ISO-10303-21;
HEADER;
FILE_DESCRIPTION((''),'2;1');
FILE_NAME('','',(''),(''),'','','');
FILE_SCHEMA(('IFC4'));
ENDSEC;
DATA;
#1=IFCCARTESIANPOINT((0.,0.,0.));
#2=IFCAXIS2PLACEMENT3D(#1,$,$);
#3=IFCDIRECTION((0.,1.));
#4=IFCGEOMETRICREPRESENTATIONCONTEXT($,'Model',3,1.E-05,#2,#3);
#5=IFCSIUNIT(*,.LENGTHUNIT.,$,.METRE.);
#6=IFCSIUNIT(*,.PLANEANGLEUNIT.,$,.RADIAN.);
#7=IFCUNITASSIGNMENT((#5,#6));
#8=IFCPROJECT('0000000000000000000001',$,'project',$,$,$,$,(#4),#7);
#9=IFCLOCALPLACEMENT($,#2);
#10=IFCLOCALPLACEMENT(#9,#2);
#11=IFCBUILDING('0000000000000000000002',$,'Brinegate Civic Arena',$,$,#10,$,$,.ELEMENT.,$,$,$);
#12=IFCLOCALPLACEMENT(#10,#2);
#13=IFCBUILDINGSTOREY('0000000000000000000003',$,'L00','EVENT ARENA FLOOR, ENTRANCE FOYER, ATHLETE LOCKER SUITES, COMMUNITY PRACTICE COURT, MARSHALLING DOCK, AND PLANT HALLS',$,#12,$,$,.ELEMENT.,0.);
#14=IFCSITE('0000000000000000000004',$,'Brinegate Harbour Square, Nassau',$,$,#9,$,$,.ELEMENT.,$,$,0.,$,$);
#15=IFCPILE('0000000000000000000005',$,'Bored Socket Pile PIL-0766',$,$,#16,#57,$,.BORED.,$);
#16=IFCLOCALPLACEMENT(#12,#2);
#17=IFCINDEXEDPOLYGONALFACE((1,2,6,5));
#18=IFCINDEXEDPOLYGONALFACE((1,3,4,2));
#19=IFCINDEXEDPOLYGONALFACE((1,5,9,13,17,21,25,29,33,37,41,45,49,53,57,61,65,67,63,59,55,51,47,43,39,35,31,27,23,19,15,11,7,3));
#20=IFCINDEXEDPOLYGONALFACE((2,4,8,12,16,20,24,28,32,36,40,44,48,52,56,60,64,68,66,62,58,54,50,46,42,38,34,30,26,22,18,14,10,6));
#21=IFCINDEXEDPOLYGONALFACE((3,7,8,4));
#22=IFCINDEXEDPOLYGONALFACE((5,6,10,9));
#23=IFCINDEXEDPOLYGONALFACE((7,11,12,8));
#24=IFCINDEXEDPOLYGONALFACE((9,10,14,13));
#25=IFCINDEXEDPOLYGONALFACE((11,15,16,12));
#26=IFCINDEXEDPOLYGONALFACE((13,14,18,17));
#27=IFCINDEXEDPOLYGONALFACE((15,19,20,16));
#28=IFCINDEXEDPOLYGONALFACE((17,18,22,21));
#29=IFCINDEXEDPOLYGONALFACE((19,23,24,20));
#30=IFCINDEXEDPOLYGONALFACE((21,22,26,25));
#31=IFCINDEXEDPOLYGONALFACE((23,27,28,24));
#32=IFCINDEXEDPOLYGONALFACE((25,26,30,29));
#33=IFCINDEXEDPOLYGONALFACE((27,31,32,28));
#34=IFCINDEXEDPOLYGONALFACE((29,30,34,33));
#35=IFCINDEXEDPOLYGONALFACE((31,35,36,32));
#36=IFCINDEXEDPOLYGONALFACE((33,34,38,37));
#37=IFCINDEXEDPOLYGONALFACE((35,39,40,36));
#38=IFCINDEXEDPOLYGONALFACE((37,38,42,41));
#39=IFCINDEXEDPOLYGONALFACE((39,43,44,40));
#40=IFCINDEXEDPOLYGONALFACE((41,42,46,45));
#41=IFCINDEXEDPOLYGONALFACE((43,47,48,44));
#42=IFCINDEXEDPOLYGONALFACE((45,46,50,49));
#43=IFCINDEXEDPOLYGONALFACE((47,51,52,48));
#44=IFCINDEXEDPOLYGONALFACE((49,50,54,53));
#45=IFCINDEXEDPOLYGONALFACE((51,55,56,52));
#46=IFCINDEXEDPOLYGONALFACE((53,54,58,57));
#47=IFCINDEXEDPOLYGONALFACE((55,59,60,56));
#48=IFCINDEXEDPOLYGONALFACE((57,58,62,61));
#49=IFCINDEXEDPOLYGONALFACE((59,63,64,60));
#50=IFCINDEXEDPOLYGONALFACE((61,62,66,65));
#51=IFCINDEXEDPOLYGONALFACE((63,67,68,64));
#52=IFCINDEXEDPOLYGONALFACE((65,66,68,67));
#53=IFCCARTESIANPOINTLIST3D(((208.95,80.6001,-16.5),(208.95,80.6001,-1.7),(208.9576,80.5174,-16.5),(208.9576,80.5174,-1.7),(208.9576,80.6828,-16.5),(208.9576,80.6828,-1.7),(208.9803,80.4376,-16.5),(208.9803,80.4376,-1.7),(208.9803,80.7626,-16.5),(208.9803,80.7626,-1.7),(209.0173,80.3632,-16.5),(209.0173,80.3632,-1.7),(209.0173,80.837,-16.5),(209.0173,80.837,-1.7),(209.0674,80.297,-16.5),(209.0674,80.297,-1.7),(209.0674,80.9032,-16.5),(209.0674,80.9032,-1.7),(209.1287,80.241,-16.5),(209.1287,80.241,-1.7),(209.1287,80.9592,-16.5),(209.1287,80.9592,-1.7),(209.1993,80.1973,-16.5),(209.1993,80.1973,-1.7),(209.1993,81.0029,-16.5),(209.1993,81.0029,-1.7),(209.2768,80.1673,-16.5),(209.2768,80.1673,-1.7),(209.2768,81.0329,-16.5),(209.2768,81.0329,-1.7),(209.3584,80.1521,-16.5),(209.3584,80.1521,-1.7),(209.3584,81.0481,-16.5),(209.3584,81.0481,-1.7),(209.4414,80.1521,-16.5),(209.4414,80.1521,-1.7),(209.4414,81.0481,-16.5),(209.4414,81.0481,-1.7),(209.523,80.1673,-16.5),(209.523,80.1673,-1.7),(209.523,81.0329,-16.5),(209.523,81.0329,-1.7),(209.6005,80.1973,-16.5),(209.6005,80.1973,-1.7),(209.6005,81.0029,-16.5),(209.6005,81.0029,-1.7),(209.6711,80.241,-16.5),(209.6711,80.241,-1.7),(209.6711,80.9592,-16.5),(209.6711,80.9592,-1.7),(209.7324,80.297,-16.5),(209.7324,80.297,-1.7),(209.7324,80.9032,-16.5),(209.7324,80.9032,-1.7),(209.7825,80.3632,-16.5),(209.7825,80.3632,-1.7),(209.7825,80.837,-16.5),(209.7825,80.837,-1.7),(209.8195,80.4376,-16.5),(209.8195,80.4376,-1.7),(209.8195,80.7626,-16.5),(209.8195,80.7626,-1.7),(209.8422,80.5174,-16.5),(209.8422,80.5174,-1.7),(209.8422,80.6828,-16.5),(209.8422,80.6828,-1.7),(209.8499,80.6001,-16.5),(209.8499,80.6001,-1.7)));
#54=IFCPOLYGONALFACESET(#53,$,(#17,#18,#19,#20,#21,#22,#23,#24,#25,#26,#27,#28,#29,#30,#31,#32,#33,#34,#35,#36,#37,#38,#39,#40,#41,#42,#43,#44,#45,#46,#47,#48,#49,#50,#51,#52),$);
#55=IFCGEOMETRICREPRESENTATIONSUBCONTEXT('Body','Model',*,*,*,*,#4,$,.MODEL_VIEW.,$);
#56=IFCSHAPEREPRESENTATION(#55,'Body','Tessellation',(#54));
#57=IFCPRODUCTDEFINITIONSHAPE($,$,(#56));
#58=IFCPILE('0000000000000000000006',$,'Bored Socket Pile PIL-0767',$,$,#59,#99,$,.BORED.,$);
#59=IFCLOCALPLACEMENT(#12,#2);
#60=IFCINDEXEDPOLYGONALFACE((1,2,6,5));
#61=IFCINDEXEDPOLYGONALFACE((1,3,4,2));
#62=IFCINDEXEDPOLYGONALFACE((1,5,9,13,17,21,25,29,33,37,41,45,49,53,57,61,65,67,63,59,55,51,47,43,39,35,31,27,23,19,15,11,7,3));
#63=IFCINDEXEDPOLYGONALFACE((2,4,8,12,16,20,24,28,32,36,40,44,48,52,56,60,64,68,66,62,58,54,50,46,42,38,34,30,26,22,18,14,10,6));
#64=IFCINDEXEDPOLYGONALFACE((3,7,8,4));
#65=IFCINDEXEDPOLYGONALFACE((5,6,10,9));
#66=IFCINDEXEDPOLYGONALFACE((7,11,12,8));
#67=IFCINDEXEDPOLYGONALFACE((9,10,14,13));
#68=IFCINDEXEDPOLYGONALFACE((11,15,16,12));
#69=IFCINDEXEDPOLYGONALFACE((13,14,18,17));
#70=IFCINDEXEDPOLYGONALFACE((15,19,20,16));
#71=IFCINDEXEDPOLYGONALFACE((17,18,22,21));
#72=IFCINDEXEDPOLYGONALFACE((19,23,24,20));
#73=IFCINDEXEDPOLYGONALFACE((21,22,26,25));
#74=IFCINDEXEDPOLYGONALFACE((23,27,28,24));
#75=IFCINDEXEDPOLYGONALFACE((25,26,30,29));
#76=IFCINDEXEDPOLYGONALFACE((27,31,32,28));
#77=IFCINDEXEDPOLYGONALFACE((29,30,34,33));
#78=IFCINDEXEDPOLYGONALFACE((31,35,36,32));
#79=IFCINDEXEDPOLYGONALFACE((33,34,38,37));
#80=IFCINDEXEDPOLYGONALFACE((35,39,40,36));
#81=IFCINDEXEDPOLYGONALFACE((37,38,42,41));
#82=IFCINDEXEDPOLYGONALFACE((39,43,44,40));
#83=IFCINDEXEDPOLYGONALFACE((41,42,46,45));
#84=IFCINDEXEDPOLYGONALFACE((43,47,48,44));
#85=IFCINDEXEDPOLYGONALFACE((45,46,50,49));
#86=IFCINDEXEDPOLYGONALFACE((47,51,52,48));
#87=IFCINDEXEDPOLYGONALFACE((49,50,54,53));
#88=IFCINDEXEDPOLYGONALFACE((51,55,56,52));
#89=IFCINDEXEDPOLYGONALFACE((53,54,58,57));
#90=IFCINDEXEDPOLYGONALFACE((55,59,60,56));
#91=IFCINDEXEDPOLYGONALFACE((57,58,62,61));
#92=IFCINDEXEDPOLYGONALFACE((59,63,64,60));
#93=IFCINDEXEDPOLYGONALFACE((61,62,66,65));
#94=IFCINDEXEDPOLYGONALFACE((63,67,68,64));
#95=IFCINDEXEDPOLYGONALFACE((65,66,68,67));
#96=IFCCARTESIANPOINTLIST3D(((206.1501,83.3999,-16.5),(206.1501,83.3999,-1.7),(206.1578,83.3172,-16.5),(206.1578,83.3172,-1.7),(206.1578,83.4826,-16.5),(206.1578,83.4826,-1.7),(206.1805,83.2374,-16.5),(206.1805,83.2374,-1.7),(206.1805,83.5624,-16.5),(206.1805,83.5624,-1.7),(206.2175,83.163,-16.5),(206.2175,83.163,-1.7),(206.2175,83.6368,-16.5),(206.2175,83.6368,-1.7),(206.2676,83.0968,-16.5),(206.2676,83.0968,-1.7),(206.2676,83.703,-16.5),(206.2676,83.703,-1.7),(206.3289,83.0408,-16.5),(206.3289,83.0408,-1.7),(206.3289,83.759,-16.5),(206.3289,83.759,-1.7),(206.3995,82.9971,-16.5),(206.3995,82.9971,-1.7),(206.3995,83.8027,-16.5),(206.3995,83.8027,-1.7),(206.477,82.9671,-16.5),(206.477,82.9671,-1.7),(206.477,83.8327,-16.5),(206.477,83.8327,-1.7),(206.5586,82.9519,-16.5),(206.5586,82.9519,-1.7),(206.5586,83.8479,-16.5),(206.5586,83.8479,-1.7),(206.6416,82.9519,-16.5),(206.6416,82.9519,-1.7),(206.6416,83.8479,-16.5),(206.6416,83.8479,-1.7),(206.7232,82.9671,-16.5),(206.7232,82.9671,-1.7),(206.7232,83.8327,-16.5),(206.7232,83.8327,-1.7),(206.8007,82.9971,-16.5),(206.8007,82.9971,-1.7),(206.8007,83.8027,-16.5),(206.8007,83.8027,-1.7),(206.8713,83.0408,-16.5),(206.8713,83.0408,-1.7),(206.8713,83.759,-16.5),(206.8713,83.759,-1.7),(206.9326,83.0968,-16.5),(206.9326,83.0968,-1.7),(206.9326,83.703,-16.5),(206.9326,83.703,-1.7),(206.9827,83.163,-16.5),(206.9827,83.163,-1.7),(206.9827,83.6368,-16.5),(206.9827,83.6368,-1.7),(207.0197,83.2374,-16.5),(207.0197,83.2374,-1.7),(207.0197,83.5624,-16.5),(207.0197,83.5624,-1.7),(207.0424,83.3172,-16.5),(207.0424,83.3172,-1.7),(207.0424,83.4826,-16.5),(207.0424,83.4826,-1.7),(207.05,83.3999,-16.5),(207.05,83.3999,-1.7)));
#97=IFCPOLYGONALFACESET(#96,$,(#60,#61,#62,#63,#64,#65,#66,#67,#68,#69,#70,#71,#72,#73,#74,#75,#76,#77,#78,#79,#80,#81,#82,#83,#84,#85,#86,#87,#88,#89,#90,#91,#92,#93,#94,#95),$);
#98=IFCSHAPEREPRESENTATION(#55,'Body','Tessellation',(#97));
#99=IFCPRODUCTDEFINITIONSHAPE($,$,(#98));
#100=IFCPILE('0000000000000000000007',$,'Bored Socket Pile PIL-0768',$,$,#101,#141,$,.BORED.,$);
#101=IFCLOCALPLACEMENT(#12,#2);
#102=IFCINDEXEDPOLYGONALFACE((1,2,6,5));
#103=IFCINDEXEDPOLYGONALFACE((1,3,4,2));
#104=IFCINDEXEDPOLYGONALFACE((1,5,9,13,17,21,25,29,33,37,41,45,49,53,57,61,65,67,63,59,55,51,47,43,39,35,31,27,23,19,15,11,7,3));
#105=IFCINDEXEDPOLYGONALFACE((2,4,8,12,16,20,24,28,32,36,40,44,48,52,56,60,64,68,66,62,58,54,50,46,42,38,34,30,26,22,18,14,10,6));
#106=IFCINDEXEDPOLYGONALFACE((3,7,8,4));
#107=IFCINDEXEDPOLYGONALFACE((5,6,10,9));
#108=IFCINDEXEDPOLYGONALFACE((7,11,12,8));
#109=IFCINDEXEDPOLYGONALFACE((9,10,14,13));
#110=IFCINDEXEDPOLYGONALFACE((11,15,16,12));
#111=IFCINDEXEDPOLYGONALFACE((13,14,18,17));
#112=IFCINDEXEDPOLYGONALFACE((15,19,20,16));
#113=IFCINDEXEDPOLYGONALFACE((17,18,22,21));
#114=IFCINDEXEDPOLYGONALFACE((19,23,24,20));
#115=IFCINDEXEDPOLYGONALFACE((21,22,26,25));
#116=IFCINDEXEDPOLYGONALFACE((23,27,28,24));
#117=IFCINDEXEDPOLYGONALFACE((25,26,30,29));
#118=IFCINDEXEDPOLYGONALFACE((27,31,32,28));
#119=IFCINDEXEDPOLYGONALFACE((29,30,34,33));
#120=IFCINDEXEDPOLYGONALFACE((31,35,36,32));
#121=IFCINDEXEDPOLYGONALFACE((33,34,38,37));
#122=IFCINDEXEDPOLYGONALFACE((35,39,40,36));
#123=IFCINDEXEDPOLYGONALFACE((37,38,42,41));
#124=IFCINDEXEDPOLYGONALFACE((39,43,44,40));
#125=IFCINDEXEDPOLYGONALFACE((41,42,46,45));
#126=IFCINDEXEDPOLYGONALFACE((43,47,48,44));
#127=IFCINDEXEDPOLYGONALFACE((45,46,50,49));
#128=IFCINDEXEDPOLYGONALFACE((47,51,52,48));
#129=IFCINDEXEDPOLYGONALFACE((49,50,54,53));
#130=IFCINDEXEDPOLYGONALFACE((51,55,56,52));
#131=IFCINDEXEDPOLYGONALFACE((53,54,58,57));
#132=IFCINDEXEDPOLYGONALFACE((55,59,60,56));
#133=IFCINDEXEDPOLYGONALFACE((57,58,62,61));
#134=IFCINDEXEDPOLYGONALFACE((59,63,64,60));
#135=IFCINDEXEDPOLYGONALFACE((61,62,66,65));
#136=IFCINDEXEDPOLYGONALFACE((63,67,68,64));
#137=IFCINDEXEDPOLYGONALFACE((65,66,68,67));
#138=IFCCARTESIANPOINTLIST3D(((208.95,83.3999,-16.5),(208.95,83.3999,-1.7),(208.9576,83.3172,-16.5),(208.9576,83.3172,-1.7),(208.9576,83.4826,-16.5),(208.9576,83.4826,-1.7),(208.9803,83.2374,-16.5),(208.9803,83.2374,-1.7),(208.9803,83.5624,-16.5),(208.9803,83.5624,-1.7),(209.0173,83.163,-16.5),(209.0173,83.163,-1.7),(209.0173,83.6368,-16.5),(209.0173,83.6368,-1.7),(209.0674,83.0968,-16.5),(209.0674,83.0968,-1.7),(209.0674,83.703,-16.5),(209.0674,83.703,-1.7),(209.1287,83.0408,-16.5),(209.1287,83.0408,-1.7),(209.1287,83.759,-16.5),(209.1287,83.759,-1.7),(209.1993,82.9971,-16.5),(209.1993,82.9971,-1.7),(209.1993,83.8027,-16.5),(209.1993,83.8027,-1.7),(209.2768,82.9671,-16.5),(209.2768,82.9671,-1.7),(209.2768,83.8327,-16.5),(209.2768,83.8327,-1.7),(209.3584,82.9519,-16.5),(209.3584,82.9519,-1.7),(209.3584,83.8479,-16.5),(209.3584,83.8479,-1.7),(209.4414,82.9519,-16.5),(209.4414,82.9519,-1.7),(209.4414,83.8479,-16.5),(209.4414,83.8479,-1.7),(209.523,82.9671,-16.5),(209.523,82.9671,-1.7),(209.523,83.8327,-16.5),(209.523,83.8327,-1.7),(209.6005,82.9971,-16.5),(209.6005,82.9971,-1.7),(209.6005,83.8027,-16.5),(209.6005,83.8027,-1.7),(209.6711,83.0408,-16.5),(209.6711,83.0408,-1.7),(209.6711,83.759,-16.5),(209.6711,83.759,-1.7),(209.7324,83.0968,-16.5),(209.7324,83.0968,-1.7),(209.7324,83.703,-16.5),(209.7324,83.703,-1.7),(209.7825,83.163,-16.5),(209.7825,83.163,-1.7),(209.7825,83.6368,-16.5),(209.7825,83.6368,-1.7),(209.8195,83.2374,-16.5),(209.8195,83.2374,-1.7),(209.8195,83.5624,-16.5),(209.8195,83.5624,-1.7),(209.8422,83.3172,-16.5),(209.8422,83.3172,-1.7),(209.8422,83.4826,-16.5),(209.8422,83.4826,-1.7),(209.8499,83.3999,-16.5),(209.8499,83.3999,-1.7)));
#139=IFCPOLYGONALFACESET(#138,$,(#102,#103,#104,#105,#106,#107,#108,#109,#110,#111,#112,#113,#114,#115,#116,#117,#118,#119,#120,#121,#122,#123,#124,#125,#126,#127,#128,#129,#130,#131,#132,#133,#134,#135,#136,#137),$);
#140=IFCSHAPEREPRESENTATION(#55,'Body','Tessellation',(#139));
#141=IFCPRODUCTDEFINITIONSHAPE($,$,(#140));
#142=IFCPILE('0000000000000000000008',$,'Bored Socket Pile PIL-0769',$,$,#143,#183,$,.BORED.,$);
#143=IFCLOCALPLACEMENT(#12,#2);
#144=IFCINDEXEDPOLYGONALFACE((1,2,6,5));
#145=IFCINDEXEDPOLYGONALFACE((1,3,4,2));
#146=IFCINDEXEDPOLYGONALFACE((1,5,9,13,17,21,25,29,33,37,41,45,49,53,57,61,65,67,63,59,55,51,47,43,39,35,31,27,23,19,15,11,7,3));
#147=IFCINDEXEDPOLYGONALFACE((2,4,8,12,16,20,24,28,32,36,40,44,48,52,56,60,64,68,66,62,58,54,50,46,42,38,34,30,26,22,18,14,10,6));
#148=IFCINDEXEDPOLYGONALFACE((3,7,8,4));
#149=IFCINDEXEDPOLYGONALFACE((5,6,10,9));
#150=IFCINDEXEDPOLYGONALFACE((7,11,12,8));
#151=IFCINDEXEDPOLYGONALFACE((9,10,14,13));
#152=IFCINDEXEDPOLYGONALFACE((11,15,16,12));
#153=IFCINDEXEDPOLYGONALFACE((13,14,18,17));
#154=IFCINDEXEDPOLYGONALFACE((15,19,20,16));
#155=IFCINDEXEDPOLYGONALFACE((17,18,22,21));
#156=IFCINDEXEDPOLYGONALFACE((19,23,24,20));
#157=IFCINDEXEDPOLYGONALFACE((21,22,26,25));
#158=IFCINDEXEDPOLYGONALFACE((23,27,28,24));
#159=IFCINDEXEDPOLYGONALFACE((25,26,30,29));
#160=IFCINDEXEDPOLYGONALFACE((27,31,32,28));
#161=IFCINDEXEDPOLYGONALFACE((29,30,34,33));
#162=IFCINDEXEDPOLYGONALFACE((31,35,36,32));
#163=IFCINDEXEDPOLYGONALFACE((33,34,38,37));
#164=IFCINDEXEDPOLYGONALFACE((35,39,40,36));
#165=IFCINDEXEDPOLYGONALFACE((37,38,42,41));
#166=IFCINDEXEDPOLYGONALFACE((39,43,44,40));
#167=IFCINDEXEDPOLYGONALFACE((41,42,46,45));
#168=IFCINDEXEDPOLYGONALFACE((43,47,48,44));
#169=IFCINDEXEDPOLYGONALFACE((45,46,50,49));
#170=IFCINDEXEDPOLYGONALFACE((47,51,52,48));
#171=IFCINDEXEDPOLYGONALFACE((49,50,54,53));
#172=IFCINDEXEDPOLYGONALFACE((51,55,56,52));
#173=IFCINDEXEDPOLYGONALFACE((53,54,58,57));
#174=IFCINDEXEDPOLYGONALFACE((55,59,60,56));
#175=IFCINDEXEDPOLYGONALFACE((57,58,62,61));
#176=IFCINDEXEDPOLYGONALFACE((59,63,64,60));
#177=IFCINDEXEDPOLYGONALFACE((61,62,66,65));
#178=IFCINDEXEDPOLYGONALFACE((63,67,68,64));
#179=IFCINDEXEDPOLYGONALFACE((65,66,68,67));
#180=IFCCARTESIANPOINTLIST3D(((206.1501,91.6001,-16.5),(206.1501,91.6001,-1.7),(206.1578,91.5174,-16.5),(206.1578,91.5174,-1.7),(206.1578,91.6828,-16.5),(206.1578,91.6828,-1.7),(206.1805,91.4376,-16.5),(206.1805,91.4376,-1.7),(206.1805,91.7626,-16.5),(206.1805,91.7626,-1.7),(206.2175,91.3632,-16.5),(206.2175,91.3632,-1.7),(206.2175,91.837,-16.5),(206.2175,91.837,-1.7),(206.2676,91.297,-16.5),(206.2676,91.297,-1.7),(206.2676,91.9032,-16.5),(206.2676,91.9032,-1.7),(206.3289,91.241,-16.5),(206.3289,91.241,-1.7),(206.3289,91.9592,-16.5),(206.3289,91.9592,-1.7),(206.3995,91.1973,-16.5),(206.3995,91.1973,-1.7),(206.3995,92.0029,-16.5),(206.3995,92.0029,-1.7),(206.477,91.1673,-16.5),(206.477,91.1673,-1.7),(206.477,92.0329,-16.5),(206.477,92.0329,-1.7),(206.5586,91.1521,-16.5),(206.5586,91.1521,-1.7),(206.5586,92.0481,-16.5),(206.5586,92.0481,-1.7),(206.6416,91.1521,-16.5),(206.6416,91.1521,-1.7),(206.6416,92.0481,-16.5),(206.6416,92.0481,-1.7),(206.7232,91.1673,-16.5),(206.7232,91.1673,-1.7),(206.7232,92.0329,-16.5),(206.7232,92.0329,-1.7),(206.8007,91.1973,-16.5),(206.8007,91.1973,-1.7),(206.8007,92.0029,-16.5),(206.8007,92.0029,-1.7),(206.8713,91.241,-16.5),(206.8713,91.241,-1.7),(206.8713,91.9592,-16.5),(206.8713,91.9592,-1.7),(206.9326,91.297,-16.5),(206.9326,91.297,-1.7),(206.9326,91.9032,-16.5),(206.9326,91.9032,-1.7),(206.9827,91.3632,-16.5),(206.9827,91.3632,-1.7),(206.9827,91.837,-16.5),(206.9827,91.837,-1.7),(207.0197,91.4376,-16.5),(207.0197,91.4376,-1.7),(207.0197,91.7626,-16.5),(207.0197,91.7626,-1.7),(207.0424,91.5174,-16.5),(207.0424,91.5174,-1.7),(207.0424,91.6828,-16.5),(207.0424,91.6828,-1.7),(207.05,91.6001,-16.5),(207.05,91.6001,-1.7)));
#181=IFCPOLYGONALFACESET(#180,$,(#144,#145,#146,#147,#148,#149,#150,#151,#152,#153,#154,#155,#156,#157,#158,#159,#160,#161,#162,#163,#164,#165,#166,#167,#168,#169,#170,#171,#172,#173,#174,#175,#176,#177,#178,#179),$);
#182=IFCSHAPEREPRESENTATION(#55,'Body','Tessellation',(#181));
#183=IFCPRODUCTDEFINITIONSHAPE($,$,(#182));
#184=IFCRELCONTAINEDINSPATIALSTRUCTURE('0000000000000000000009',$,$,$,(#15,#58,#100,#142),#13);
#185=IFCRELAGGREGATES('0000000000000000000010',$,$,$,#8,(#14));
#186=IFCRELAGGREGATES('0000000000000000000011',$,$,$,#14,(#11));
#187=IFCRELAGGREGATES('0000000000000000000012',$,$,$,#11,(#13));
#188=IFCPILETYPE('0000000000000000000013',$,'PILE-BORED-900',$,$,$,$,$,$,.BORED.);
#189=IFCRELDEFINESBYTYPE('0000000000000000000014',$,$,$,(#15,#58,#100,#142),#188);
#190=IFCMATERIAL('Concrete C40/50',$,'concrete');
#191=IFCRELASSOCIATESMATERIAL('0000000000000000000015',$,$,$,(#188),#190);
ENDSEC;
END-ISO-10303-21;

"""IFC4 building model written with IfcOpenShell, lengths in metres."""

from ifc_helpers import new_model, si_unit, direction, frame, origin, origin_2d, place, context, subcontext, project, spatial, circle, extrude, material, material_profile, profile_set, type_object, element, save


model = new_model("IFC4")

# Units and contexts
model_context = context("Model", 3, precision=1e-05, world=origin(), true_north=direction((0.0, 1.0)))
body_context = subcontext(model_context, "Body", "Model", "MODEL_VIEW")
ifc_project = project(units=[si_unit("LENGTHUNIT", "METRE"), si_unit("PLANEANGLEUNIT", "RADIAN")], contexts=[model_context])

# Site, building, storey
site_placement = place(None, origin())
site = spatial("IfcSite", under=ifc_project, at=site_placement, Name="Brinegate Harbour Square, Nassau", CompositionType="ELEMENT", RefElevation=0.0)
building_placement = place(site_placement, origin())
building = spatial("IfcBuilding", under=site, at=building_placement, Name="Brinegate Civic Arena", CompositionType="ELEMENT")
storey_placement = place(building_placement, origin())
storey = spatial("IfcBuildingStorey", under=building, at=storey_placement, Name="L00", Description="EVENT ARENA FLOOR, ENTRANCE FOYER, ATHLETE LOCKER SUITES, COMMUNITY PRACTICE COURT, MARSHALLING DOCK, AND PLANT HALLS", CompositionType="ELEMENT", Elevation=0.0)

# Shared definitions
ifc_material_1 = material(Name="Concrete C40/50", Category="concrete")

# Piles
ifc_material_profile_1 = material_profile(ifc_material_1, circle(Radius=0.45, at=origin_2d()), Name="PILED900")
ifc_profile_set_1 = profile_set([ifc_material_profile_1], Name="Concrete C40/50")
pile_type = type_object("IfcPileType", Name="PILE-BORED-900", PredefinedType="BORED", material=ifc_profile_set_1)
for number, where, z_axis, x_axis, name in (
    (1, (209.3999, 80.6001, -1.7), (0.0, 0.0, -1.0), (1.0, 0.0, 0.0), "Bored Socket Pile PIL-0766"),
    (2, (206.6001, 83.3999, -1.7), (0.0, 0.0, -1.0), (1.0, 0.0, 0.0), "Bored Socket Pile PIL-0767"),
    (3, (209.3999, 83.3999, -1.7), (0.0, 0.0, -1.0), (1.0, 0.0, 0.0), "Bored Socket Pile PIL-0768"),
    (4, (206.6001, 91.6001, -1.7), (0.0, 0.0, -1.0), (1.0, 0.0, 0.0), "Bored Socket Pile PIL-0769"),
):
    element("IfcPile", number, at=place(storey_placement, frame(where, z_axis=z_axis, x_axis=x_axis)), inside=storey, type_object=pile_type, Name=name, PredefinedType="BORED", context=body_context, shape_type="SweptSolid", body=[
        extrude(circle(Radius=0.45, at=origin_2d()), origin(), (0.0, 0.0, 1.0), 14.8),
    ])

save(model, "model.ifc")
